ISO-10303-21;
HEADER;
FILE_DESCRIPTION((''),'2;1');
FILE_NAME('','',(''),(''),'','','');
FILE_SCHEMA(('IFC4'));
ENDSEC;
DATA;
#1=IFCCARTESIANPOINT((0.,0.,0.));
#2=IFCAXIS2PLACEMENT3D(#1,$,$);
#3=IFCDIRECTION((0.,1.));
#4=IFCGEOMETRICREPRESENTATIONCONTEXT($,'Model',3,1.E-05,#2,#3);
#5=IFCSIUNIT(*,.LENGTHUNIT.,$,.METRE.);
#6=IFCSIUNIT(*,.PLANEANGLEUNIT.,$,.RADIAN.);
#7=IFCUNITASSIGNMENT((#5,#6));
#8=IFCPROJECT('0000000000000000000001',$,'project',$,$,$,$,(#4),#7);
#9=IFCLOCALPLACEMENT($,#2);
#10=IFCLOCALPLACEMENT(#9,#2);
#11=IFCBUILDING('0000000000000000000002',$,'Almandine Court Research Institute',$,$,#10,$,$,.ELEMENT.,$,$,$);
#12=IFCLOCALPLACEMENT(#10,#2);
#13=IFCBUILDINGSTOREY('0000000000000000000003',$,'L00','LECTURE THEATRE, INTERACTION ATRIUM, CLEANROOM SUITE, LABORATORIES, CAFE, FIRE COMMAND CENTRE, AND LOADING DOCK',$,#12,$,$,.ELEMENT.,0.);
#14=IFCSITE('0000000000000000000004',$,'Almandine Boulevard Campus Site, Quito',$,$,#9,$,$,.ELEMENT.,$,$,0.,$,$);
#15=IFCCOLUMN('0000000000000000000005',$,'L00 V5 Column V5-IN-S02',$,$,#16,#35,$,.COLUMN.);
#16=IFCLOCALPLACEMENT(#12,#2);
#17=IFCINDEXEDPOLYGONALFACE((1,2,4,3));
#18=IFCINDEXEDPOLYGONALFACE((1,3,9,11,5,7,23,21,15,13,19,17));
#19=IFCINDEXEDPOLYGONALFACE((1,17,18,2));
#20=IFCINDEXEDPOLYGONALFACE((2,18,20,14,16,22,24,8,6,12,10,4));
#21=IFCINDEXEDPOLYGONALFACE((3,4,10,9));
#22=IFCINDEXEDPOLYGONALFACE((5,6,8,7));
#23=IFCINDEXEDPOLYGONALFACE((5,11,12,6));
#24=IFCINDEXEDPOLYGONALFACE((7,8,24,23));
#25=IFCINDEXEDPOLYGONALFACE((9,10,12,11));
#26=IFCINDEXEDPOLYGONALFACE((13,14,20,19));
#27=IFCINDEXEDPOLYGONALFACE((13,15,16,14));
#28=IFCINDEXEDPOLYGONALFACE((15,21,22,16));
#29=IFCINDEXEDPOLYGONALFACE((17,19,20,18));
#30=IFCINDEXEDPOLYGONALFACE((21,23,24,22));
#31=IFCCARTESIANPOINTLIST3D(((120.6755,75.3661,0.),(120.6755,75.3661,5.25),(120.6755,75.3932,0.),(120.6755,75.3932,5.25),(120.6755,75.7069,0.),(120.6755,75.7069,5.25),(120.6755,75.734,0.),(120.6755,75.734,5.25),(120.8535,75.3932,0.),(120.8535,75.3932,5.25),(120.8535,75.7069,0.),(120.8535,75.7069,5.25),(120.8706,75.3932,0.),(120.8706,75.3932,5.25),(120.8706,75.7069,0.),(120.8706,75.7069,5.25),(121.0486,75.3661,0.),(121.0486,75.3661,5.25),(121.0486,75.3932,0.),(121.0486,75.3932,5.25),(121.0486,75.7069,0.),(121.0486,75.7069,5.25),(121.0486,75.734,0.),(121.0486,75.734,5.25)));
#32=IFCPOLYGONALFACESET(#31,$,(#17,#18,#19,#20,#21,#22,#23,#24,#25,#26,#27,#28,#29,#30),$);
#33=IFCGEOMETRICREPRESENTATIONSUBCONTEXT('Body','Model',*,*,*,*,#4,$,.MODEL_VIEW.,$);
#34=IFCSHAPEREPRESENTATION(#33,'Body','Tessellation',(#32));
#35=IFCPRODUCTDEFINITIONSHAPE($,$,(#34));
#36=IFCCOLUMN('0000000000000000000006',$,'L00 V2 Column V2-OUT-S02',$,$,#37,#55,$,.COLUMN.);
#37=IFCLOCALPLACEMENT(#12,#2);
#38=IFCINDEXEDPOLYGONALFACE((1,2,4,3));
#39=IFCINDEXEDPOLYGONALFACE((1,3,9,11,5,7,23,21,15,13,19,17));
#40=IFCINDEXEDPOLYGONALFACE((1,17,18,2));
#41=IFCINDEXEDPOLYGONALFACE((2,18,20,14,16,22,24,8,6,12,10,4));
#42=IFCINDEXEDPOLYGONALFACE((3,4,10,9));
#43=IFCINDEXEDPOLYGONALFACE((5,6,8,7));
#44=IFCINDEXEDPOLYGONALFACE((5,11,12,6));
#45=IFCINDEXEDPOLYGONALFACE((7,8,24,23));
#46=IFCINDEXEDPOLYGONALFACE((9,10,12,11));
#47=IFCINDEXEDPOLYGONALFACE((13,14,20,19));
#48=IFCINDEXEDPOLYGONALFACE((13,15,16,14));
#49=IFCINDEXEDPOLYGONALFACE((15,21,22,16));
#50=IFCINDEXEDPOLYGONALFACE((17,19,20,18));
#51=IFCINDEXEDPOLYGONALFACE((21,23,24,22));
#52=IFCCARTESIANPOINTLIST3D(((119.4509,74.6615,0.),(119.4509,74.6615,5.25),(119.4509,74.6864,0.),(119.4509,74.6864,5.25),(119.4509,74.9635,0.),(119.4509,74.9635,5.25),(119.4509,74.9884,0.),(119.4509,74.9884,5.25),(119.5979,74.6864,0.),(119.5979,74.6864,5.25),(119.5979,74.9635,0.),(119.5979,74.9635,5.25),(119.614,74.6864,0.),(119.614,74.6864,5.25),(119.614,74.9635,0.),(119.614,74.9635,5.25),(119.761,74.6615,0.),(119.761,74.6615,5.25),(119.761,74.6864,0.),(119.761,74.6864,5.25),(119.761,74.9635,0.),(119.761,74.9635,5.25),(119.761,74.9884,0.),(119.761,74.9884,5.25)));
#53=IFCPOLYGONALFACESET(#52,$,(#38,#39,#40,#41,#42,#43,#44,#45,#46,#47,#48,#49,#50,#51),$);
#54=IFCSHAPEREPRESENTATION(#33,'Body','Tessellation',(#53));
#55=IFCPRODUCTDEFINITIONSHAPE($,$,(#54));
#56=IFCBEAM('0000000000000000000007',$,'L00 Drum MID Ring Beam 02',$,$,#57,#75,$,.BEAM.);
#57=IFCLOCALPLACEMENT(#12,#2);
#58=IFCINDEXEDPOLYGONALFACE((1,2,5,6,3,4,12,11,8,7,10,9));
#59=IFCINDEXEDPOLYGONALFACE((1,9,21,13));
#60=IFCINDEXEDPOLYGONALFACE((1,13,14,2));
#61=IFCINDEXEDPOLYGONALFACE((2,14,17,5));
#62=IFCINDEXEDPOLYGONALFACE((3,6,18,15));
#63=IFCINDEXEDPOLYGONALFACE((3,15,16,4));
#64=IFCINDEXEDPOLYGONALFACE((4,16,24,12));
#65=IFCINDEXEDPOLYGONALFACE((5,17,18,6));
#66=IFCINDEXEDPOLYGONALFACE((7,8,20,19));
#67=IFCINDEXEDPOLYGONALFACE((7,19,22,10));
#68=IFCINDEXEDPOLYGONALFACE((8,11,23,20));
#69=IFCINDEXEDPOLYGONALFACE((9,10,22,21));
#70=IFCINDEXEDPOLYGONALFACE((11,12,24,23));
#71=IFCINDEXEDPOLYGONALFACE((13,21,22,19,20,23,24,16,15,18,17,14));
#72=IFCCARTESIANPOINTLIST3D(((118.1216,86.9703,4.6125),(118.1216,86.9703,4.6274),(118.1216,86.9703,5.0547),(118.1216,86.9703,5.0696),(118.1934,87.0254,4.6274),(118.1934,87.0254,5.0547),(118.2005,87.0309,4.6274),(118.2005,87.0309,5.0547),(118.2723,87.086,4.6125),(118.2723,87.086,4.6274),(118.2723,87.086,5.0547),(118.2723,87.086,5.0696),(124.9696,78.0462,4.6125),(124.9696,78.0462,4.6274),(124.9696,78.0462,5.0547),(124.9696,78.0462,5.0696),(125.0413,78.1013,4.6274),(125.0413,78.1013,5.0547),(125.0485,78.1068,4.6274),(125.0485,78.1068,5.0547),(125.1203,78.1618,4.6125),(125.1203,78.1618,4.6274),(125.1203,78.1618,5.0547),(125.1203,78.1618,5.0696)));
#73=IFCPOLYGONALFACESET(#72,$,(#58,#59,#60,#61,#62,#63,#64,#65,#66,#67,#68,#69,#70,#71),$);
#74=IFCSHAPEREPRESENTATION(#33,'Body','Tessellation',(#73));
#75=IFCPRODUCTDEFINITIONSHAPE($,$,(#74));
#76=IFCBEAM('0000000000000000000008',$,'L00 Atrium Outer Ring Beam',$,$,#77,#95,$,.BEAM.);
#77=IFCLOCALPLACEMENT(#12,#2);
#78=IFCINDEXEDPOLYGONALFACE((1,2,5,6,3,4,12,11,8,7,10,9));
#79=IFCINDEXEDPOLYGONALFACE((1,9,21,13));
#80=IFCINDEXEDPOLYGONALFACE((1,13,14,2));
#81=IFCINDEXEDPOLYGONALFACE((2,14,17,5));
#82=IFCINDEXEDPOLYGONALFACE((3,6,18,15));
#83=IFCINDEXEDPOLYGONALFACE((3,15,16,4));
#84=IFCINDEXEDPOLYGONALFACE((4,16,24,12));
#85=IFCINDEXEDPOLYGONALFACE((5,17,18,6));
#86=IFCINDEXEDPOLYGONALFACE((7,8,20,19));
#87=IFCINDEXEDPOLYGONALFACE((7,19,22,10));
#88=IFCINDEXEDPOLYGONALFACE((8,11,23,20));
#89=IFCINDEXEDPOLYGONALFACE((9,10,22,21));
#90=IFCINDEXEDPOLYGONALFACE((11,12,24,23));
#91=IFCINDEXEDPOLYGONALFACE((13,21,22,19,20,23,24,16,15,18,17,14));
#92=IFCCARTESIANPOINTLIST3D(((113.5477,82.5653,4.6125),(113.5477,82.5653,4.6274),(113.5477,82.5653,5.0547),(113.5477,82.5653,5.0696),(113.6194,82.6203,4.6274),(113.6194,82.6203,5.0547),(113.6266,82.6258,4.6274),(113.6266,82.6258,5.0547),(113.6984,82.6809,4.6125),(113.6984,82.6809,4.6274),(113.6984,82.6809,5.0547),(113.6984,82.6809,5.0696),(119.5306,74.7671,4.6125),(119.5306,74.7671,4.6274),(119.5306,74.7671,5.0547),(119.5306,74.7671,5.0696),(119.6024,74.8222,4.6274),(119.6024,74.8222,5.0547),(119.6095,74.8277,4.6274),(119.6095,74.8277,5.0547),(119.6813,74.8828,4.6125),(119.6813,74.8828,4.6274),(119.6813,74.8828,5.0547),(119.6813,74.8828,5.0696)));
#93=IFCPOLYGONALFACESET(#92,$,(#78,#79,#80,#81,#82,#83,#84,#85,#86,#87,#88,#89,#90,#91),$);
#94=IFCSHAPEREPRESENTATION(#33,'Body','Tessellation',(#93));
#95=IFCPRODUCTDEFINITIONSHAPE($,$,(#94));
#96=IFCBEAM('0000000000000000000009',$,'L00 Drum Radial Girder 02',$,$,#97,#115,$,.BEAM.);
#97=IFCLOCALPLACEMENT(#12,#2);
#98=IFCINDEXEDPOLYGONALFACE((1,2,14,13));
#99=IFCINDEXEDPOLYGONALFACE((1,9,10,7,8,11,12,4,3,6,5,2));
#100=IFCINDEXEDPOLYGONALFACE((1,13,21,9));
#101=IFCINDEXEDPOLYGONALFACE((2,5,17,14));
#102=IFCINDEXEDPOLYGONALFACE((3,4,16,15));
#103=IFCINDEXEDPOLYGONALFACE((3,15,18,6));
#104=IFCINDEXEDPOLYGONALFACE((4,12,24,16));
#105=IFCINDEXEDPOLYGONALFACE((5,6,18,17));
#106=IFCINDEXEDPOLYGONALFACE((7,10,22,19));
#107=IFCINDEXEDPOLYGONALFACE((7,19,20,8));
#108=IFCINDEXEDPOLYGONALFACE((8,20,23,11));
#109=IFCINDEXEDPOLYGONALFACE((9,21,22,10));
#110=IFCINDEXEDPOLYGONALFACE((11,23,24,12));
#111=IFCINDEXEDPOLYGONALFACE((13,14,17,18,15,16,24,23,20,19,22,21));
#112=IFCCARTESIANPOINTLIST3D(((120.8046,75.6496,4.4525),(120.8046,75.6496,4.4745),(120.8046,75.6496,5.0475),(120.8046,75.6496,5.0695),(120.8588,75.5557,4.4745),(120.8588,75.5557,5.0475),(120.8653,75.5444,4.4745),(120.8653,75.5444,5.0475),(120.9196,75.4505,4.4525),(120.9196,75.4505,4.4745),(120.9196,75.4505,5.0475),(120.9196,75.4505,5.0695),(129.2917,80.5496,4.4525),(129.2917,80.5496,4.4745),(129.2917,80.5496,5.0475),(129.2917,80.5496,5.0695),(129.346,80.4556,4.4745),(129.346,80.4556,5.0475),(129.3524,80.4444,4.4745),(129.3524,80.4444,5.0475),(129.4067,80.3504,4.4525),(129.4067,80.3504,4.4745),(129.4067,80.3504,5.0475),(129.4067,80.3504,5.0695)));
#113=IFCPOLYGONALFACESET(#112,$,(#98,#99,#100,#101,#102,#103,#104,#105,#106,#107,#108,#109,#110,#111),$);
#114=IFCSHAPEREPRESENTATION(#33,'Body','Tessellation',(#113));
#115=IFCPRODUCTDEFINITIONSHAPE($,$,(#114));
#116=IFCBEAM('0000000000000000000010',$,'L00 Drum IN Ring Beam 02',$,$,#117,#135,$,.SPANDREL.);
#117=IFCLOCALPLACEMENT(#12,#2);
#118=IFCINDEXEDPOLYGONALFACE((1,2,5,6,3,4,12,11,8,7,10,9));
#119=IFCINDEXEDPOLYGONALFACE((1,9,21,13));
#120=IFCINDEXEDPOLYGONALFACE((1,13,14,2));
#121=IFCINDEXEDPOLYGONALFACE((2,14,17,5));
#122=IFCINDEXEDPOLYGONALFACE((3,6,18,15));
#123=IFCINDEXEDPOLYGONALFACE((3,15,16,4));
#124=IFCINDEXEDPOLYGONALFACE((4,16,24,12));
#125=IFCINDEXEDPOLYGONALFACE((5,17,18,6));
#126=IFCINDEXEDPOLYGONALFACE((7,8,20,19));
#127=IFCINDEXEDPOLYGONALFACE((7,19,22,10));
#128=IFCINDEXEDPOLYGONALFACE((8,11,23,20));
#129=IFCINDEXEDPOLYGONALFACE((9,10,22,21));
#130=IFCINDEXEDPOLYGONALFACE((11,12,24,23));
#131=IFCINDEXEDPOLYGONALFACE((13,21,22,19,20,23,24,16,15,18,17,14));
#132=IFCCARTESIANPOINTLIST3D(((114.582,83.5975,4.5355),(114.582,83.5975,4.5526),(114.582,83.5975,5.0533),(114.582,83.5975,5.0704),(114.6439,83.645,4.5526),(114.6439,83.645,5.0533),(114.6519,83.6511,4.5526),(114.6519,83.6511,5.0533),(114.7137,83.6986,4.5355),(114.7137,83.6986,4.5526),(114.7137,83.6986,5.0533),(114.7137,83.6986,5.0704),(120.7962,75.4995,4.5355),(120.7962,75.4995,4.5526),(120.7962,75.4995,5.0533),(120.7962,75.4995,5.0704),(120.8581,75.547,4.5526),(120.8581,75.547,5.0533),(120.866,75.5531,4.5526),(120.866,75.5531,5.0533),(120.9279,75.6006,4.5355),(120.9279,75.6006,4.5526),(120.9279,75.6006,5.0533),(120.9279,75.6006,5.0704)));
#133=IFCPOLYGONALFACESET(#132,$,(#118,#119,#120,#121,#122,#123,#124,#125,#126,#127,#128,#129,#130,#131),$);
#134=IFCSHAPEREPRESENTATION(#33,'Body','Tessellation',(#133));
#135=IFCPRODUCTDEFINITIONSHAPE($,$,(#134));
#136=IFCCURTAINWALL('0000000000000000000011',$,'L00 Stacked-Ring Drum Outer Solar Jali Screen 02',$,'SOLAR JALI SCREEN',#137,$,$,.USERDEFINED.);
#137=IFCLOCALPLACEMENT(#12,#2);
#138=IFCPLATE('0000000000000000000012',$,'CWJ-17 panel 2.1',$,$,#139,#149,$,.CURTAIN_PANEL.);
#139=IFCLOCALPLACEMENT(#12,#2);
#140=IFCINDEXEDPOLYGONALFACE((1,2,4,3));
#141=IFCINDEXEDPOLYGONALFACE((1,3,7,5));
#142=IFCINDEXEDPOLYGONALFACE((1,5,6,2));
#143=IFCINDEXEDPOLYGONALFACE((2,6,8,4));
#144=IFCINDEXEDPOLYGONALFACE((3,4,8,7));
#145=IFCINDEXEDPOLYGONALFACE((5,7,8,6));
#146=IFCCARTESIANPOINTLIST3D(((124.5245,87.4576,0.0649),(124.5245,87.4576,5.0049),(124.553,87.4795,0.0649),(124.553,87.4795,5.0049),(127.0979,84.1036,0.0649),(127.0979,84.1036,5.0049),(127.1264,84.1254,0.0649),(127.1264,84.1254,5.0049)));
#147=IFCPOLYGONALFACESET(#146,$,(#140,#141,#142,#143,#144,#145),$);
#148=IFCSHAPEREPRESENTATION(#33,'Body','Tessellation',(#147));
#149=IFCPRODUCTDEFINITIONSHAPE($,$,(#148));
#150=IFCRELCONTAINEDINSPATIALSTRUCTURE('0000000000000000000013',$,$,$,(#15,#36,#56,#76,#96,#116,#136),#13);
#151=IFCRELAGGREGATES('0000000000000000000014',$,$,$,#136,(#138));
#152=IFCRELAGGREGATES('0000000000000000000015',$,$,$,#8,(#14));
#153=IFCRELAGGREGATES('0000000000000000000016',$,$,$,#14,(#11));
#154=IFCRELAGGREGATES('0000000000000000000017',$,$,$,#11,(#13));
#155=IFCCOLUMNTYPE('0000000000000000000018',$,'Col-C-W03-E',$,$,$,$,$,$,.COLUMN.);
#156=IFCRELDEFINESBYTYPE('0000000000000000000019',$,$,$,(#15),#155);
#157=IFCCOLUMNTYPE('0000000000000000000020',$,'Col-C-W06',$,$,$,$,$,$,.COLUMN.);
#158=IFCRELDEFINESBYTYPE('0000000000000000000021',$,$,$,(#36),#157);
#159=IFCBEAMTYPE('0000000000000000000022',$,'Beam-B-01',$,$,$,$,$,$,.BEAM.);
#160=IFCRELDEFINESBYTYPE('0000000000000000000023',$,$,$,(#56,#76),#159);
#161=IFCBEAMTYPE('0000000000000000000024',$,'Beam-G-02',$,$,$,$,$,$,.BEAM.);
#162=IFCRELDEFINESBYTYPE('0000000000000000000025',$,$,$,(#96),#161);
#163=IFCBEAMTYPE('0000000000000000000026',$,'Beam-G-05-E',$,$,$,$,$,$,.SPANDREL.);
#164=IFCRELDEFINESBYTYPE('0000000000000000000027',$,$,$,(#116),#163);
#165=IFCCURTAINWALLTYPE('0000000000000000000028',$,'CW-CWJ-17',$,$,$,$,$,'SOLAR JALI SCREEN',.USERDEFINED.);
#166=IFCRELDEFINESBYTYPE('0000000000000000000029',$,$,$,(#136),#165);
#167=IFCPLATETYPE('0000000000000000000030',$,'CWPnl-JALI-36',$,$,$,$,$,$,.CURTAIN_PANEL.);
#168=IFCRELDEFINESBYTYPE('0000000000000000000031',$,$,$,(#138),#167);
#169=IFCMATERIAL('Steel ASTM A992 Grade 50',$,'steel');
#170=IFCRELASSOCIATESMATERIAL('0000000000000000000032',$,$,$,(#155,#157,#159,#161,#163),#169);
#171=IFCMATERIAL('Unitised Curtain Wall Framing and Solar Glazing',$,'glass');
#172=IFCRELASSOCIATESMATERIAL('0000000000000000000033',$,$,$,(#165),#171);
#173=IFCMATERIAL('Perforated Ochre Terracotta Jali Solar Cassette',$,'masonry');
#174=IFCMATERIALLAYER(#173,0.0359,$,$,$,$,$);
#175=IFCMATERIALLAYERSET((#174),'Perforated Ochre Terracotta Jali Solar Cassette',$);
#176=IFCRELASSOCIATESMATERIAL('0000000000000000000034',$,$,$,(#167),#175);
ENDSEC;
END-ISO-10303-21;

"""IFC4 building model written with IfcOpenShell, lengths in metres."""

from ifc_helpers import new_model, si_unit, direction, frame, origin, origin_2d, place, context, subcontext, project, spatial, rectangle, i_section, extrude, material, layer, layer_set, material_profile, profile_set, type_object, element, aggregate, save


model = new_model("IFC4")

# Units and contexts
model_context = context("Model", 3, precision=1e-05, world=origin(), true_north=direction((0.0, 1.0)))
body_context = subcontext(model_context, "Body", "Model", "MODEL_VIEW")
ifc_project = project(units=[si_unit("LENGTHUNIT", "METRE"), si_unit("PLANEANGLEUNIT", "RADIAN")], contexts=[model_context])

# Site, building, storey
site_placement = place(None, origin())
site = spatial("IfcSite", under=ifc_project, at=site_placement, Name="Almandine Boulevard Campus Site, Quito", CompositionType="ELEMENT", RefElevation=0.0)
building_placement = place(site_placement, origin())
building = spatial("IfcBuilding", under=site, at=building_placement, Name="Almandine Court Research Institute", CompositionType="ELEMENT")
storey_placement = place(building_placement, origin())
storey = spatial("IfcBuildingStorey", under=building, at=storey_placement, Name="L00", Description="LECTURE THEATRE, INTERACTION ATRIUM, CLEANROOM SUITE, LABORATORIES, CAFE, FIRE COMMAND CENTRE, AND LOADING DOCK", CompositionType="ELEMENT", Elevation=0.0)

# Columns
ifc_material_1 = material(Name="Steel ASTM A992 Grade 50", Category="steel")
ifc_material_profile_1 = material_profile(ifc_material_1, i_section(OverallWidth=0.373, OverallDepth=0.3679, WebThickness=0.0171, FlangeThickness=0.0271, at=origin_2d()), Name="W360x179")
ifc_profile_set_1 = profile_set([ifc_material_profile_1], Name="Steel ASTM A992 Grade 50")
column_type_1 = type_object("IfcColumnType", Name="Col-C-W03-E", PredefinedType="COLUMN", material=ifc_profile_set_1)
column_1_placement = place(storey_placement, frame((120.8621, 75.55, 0.0), z_axis=(0.0, 0.0, 1.0), x_axis=(1.0, 0.0, 0.0)))
element("IfcColumn", 1, at=column_1_placement, inside=storey, type_object=column_type_1, Name="L00 V5 Column V5-IN-S02", PredefinedType="COLUMN", context=body_context, shape_type="SweptSolid", body=[
    extrude(i_section(OverallWidth=0.373, OverallDepth=0.3679, WebThickness=0.0171, FlangeThickness=0.0271, at=origin_2d()), origin(), (0.0, 0.0, 1.0), 5.25),
])
ifc_material_profile_2 = material_profile(ifc_material_1, i_section(OverallWidth=0.3101, OverallDepth=0.3269, WebThickness=0.0161, FlangeThickness=0.0249, at=origin_2d()), Name="W310x158")
ifc_profile_set_2 = profile_set([ifc_material_profile_2], Name="Steel ASTM A992 Grade 50")
column_type_2 = type_object("IfcColumnType", Name="Col-C-W06", PredefinedType="COLUMN", material=ifc_profile_set_2)
column_2_placement = place(storey_placement, frame((119.606, 74.825, 0.0), z_axis=(0.0, 0.0, 1.0), x_axis=(1.0, 0.0, 0.0)))
element("IfcColumn", 2, at=column_2_placement, inside=storey, type_object=column_type_2, Name="L00 V2 Column V2-OUT-S02", PredefinedType="COLUMN", context=body_context, shape_type="SweptSolid", body=[
    extrude(i_section(OverallWidth=0.3101, OverallDepth=0.3269, WebThickness=0.0161, FlangeThickness=0.0249, at=origin_2d()), origin(), (0.0, 0.0, 1.0), 5.25),
])

# Beams
ifc_material_profile_3 = material_profile(ifc_material_1, i_section(OverallWidth=0.1899, OverallDepth=0.457, WebThickness=0.009, FlangeThickness=0.0149, at=origin_2d()), Name="W460x74")
ifc_profile_set_3 = profile_set([ifc_material_profile_3], Name="Steel ASTM A992 Grade 50")
beam_type_1 = type_object("IfcBeamType", Name="Beam-B-01", PredefinedType="BEAM", material=ifc_profile_set_3)
beam_1_placement = place(storey_placement, frame((125.0449, 78.104, 4.8411), z_axis=(-0.608774, 0.793344, 0.0), x_axis=(-0.793344, -0.608774, 0.0)))
element("IfcBeam", 3, at=beam_1_placement, inside=storey, type_object=beam_type_1, Name="L00 Drum MID Ring Beam 02", PredefinedType="BEAM", context=body_context, shape_type="SweptSolid", body=[
    extrude(i_section(OverallWidth=0.1899, OverallDepth=0.457, WebThickness=0.009, FlangeThickness=0.0149, at=origin_2d()), origin(), (0.0, 0.0, 1.0), 11.2488),
])
beam_2_placement = place(storey_placement, frame((119.606, 74.825, 4.8411), z_axis=(-0.608712, 0.793392, 0.0), x_axis=(-0.793392, -0.608712, 0.0)))
element("IfcBeam", 4, at=beam_2_placement, inside=storey, type_object=beam_type_1, Name="L00 Atrium Outer Ring Beam", PredefinedType="BEAM", context=body_context, shape_type="SweptSolid", body=[
    extrude(i_section(OverallWidth=0.1899, OverallDepth=0.457, WebThickness=0.009, FlangeThickness=0.0149, at=origin_2d()), origin(), (0.0, 0.0, 1.0), 9.8289),
])
ifc_material_profile_4 = material_profile(ifc_material_1, i_section(OverallWidth=0.23, OverallDepth=0.6169, WebThickness=0.0129, FlangeThickness=0.022, at=origin_2d()), Name="W610x140")
ifc_profile_set_4 = profile_set([ifc_material_profile_4], Name="Steel ASTM A992 Grade 50")
beam_type_2 = type_object("IfcBeamType", Name="Beam-G-02", PredefinedType="BEAM", material=ifc_profile_set_4)
beam_3_placement = place(storey_placement, frame((120.8621, 75.55, 4.761), z_axis=(0.86603, 0.499992, 0.0), x_axis=(-0.499992, 0.86603, 0.0)))
element("IfcBeam", 5, at=beam_3_placement, inside=storey, type_object=beam_type_2, Name="L00 Drum Radial Girder 02", PredefinedType="BEAM", context=body_context, shape_type="SweptSolid", body=[
    extrude(i_section(OverallWidth=0.23, OverallDepth=0.6169, WebThickness=0.0129, FlangeThickness=0.022, at=origin_2d()), origin(), (0.0, 0.0, 1.0), 9.8),
])
ifc_material_profile_5 = material_profile(ifc_material_1, i_section(OverallWidth=0.166, OverallDepth=0.5349, WebThickness=0.01, FlangeThickness=0.0171, at=origin_2d()), Name="W530x85")
ifc_profile_set_5 = profile_set([ifc_material_profile_5], Name="Steel ASTM A992 Grade 50")
beam_type_3 = type_object("IfcBeamType", Name="Beam-G-05-E", PredefinedType="SPANDREL", material=ifc_profile_set_5)
beam_4_placement = place(storey_placement, frame((120.8621, 75.55, 4.803), z_axis=(-0.608784, 0.793336, 0.0), x_axis=(-0.793336, -0.608784, 0.0)))
element("IfcBeam", 6, at=beam_4_placement, inside=storey, type_object=beam_type_3, Name="L00 Drum IN Ring Beam 02", PredefinedType="SPANDREL", context=body_context, shape_type="SweptSolid", body=[
    extrude(i_section(OverallWidth=0.166, OverallDepth=0.5349, WebThickness=0.01, FlangeThickness=0.0171, at=origin_2d()), origin(), (0.0, 0.0, 1.0), 10.2075),
])

# Curtain wall, plate
ifc_material_2 = material(Name="Unitised Curtain Wall Framing and Solar Glazing", Category="glass")
curtain_wall_type = type_object("IfcCurtainWallType", Name="CW-CWJ-17", ElementType="SOLAR JALI SCREEN", PredefinedType="USERDEFINED", material=ifc_material_2)
curtain_wall_placement = place(storey_placement, origin())
curtain_wall = element("IfcCurtainWall", 7, at=curtain_wall_placement, inside=storey, type_object=curtain_wall_type, Name="L00 Stacked-Ring Drum Outer Solar Jali Screen 02", ObjectType="SOLAR JALI SCREEN", PredefinedType="USERDEFINED")
ifc_material_3 = material(Name="Perforated Ochre Terracotta Jali Solar Cassette", Category="masonry")
ifc_layer_1 = layer(ifc_material_3, 0.0359)
ifc_layer_set_1 = layer_set([ifc_layer_1], Name="Perforated Ochre Terracotta Jali Solar Cassette")
plate_type = type_object("IfcPlateType", Name="CWPnl-JALI-36", PredefinedType="CURTAIN_PANEL", material=ifc_layer_set_1)
plate_placement = place(storey_placement, frame((125.8254, 85.7915, 0.0649), z_axis=(0.0, 0.0, 1.0), x_axis=(0.608723, -0.793383, 0.0)))
plate = element("IfcPlate", 8, at=plate_placement, type_object=plate_type, Name="CWJ-17 panel 2.1", PredefinedType="CURTAIN_PANEL", context=body_context, shape_type="SweptSolid", body=[
    extrude(rectangle(XDim=4.2275, YDim=0.0359, at=origin_2d()), origin(), (0.0, 0.0, 1.0), 4.9399),
])
aggregate(curtain_wall, [plate])

save(model, "model.ifc")
